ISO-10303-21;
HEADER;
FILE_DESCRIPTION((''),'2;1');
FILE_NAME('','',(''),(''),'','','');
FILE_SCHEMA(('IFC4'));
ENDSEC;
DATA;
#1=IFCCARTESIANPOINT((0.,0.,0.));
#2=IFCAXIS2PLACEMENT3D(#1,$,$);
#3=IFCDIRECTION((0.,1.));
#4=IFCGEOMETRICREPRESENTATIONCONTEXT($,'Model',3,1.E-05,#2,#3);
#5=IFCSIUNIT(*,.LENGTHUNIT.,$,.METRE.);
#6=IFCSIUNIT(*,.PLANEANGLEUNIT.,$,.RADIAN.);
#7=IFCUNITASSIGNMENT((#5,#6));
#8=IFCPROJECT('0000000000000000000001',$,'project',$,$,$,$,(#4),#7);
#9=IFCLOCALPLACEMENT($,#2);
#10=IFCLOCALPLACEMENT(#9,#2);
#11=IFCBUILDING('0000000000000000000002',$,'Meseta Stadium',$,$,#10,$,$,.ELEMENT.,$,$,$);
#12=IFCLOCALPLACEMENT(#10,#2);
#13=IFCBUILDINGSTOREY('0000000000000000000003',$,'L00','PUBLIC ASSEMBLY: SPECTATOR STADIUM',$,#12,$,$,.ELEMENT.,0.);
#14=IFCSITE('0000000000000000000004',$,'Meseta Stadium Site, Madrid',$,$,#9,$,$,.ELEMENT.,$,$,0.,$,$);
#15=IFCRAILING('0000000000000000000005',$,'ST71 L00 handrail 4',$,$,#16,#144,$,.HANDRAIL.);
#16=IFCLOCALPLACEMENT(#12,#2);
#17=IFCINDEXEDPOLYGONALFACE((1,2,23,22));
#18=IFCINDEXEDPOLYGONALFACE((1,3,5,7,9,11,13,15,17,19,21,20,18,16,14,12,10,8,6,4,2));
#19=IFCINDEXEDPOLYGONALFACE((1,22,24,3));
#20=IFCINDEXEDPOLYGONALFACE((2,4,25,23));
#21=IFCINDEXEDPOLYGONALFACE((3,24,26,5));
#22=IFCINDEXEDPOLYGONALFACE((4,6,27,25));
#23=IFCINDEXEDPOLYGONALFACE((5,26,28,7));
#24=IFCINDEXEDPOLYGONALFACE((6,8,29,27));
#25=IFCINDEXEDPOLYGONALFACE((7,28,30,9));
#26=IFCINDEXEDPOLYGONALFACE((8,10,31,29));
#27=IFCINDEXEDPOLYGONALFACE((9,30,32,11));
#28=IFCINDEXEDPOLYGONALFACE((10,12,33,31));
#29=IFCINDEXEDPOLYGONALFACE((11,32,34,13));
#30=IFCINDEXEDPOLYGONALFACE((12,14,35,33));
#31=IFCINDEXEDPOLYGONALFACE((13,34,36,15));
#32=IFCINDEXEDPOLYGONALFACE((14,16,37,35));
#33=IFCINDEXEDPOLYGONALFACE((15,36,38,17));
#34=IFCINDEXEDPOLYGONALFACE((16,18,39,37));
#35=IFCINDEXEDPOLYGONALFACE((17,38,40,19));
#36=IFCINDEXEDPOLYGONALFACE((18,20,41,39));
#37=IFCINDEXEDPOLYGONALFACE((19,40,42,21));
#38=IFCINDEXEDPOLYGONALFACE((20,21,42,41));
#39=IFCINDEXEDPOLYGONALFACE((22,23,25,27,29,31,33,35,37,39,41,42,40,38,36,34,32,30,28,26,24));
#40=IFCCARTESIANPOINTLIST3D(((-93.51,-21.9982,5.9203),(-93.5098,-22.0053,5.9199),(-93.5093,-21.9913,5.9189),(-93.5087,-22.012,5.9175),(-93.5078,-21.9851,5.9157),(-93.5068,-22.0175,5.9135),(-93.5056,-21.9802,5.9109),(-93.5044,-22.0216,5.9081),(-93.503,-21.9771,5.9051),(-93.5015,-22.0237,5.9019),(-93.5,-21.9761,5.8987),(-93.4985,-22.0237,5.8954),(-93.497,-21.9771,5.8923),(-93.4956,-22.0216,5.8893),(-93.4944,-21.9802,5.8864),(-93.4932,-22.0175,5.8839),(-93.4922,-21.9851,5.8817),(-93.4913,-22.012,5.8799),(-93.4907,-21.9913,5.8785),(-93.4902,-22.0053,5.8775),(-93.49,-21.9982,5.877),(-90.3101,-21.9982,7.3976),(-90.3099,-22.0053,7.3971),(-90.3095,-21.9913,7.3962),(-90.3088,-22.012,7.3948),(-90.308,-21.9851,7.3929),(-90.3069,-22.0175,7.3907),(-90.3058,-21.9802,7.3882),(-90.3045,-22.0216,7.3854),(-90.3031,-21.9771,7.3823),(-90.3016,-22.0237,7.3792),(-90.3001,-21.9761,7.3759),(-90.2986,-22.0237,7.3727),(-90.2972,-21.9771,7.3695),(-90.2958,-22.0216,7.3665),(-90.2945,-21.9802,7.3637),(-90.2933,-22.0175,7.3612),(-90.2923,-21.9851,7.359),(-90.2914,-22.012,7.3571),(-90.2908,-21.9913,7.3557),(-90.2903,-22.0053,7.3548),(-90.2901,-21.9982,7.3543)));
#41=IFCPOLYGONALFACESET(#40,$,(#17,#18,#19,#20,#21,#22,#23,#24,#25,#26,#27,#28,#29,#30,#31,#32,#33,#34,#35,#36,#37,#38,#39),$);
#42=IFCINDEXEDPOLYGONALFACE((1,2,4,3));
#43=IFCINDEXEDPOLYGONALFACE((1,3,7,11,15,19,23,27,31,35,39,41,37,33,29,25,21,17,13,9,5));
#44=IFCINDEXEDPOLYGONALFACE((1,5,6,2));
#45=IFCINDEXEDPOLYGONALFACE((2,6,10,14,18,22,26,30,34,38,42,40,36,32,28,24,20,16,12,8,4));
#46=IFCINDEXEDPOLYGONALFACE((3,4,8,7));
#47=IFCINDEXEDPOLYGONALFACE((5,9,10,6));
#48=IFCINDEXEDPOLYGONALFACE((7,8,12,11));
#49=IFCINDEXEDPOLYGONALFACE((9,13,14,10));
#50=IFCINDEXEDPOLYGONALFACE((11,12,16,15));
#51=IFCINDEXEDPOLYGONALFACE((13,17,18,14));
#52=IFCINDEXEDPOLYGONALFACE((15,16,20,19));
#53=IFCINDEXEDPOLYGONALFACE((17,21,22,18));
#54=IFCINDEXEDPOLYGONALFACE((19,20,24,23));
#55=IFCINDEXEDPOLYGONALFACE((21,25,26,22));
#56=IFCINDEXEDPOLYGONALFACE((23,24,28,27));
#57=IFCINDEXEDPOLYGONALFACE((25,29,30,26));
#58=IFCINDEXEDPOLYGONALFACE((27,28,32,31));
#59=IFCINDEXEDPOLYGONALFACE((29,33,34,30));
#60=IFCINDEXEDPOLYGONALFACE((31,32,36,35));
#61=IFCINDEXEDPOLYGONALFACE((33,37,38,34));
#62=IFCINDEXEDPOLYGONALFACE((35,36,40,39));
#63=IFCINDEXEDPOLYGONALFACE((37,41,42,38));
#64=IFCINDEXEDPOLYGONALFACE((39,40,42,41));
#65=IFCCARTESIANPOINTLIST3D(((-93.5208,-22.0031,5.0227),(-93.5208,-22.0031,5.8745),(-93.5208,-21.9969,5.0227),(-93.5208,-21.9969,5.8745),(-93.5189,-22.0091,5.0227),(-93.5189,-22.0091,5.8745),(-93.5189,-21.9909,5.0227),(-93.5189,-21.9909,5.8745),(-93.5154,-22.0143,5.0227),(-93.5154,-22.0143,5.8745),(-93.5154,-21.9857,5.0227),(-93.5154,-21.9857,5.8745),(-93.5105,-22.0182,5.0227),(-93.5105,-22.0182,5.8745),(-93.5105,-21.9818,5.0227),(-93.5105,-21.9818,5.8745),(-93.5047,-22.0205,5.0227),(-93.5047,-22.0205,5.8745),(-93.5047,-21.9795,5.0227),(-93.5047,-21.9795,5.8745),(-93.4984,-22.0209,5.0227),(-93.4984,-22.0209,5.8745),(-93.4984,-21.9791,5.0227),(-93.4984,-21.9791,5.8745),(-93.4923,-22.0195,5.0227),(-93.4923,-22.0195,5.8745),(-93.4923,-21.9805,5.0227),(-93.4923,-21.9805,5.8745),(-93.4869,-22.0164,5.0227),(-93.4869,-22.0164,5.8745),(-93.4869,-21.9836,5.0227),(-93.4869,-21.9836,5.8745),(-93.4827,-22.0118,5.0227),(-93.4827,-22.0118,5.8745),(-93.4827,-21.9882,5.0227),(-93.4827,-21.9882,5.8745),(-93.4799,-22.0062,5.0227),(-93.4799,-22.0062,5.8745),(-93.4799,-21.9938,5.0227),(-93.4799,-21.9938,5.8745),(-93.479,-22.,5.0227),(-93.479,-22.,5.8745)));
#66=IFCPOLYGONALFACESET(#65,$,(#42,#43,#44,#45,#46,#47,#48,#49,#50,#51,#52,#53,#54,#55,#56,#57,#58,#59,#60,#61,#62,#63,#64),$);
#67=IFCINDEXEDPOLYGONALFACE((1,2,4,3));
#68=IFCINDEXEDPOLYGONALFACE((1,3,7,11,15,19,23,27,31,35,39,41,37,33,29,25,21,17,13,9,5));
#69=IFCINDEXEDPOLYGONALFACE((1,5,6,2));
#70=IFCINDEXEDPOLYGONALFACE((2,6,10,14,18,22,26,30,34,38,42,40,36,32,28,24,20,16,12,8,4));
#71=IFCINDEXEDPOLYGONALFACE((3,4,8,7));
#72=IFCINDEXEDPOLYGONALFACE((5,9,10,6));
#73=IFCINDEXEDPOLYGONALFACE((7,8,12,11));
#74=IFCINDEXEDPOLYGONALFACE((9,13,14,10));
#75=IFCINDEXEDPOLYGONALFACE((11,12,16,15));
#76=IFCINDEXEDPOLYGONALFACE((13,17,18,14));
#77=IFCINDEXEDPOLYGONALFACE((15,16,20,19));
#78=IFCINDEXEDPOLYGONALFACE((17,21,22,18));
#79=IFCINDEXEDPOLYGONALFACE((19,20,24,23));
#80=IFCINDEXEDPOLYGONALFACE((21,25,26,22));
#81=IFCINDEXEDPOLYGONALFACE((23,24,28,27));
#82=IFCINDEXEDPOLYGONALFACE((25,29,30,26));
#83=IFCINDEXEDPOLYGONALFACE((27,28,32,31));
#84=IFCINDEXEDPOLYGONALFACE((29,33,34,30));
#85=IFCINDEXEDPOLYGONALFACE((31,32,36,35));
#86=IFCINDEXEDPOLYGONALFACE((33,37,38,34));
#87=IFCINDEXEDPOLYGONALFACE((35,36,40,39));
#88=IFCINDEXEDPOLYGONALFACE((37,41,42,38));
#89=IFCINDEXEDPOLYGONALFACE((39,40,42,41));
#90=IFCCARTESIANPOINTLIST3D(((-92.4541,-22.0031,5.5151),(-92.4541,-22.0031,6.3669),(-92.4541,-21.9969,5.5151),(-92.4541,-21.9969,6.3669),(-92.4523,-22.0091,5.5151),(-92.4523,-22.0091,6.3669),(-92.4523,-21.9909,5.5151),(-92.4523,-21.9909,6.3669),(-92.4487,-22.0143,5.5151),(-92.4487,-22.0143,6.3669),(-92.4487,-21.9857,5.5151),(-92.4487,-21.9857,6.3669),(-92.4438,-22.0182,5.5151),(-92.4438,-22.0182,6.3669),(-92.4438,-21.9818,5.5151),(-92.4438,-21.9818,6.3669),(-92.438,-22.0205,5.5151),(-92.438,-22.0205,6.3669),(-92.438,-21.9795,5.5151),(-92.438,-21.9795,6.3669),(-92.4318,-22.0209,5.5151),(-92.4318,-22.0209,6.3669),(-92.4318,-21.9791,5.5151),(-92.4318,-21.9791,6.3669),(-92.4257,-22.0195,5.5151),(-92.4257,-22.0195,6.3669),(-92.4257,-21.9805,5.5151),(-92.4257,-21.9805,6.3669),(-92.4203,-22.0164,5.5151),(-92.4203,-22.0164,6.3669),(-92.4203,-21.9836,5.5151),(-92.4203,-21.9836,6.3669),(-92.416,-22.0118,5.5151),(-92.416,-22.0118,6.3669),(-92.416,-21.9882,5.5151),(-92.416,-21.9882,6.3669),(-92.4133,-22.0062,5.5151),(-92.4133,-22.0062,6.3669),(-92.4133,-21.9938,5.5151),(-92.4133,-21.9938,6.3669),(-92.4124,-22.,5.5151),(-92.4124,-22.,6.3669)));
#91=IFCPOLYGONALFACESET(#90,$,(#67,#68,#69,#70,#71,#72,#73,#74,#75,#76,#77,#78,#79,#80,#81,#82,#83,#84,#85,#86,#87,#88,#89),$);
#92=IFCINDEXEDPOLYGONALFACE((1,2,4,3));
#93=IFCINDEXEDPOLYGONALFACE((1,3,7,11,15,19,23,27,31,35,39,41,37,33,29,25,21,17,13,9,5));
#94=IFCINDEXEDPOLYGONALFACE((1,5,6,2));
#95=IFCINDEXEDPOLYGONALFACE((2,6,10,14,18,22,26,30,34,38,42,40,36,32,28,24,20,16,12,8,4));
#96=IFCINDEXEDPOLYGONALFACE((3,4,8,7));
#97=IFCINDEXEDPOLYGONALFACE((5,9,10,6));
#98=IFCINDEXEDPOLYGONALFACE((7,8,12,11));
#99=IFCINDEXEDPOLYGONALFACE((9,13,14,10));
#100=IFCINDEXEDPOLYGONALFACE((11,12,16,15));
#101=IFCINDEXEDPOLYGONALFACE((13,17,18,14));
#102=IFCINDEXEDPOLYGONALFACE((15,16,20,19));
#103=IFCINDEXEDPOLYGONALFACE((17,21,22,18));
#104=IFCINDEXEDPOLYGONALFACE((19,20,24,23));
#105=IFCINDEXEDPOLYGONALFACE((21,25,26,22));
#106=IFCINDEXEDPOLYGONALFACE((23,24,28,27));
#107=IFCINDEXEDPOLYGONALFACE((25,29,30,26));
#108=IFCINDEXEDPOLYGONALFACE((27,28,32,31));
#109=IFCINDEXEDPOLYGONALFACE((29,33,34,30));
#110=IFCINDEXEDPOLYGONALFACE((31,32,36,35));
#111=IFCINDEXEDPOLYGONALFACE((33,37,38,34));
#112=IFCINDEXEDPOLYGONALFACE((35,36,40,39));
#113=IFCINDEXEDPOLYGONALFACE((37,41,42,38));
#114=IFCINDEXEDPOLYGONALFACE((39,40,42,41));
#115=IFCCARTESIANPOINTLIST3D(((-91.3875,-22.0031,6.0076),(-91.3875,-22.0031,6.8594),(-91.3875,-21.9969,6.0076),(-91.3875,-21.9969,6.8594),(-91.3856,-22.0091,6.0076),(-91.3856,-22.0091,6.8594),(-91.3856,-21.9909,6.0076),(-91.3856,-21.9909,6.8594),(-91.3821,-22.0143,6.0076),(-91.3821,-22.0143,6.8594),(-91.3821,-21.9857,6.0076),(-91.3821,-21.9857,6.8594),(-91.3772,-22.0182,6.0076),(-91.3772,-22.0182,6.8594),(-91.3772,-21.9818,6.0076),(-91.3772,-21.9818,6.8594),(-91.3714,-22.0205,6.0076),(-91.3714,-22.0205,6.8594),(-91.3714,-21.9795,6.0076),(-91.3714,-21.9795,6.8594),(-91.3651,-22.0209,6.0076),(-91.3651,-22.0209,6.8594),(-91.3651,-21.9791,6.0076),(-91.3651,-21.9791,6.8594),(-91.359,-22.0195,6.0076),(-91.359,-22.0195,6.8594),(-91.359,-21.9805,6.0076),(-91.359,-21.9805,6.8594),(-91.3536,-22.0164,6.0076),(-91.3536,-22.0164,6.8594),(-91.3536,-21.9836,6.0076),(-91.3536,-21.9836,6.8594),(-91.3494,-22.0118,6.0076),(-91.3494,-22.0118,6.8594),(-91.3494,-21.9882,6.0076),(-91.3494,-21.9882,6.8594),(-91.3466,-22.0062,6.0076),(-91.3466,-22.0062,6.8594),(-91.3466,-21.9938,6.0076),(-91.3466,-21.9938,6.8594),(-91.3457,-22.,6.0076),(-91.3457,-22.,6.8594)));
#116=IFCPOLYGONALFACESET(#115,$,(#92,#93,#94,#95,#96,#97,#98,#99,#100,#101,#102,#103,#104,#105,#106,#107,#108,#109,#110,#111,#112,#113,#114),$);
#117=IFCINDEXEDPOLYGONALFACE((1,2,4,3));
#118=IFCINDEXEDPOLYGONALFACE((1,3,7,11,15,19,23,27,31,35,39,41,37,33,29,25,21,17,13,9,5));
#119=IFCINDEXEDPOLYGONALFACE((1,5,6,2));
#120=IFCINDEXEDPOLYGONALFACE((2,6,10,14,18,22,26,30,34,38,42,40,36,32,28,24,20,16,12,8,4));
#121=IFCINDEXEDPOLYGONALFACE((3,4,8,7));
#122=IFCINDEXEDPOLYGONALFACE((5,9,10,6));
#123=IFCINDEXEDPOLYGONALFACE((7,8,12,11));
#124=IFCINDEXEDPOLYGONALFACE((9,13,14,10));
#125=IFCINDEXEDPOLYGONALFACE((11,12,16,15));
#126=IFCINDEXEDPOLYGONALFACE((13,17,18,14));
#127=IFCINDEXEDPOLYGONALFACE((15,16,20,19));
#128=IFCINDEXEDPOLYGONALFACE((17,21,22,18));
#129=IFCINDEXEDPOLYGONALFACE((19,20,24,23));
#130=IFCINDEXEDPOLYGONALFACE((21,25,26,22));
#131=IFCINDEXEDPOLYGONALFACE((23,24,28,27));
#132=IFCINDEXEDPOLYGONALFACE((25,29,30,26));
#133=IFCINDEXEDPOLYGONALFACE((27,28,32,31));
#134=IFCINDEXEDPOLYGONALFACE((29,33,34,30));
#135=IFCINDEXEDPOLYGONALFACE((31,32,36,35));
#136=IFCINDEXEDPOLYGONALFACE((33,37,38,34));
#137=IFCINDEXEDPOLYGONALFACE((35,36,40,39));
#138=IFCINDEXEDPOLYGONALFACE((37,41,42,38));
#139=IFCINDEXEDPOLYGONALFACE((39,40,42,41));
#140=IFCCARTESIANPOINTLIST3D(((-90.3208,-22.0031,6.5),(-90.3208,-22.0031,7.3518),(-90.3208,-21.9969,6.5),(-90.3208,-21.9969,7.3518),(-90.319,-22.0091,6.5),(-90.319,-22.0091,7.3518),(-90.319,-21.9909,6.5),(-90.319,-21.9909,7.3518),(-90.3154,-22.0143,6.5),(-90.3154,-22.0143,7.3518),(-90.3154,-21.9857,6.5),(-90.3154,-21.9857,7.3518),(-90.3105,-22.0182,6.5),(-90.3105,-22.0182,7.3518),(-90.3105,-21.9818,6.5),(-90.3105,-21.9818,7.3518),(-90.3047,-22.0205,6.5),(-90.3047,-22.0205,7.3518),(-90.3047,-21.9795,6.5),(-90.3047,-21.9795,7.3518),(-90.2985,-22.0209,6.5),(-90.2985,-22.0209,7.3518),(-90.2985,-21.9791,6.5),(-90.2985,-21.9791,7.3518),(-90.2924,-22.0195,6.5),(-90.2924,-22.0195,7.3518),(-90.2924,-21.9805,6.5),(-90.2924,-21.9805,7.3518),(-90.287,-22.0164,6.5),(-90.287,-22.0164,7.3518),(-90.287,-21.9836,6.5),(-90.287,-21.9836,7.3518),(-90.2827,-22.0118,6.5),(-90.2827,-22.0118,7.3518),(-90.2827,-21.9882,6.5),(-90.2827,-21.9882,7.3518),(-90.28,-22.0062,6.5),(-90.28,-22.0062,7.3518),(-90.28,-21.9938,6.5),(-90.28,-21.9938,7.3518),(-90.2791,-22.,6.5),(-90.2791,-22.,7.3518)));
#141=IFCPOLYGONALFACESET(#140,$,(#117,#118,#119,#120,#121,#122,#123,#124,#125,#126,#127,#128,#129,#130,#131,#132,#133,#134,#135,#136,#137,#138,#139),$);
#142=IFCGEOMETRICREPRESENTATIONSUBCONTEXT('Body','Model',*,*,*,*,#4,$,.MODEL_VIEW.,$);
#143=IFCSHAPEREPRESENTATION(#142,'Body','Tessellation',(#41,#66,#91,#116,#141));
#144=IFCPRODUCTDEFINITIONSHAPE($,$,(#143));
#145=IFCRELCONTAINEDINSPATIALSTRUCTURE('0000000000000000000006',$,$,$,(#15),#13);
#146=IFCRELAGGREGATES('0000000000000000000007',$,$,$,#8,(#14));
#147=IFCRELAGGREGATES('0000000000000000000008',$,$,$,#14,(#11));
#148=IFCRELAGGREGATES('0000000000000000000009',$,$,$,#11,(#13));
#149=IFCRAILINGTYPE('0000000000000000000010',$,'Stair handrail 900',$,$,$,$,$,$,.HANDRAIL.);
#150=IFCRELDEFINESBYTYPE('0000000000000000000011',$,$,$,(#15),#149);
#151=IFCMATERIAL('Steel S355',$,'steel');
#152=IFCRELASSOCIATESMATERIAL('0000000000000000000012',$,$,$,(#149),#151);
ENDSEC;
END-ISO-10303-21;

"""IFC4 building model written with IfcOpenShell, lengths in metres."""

from ifc_helpers import new_model, si_unit, direction, frame, origin, origin_2d, place, context, subcontext, project, spatial, circle, extrude, material, type_object, element, save


model = new_model("IFC4")

# Units and contexts
model_context = context("Model", 3, precision=1e-05, world=origin(), true_north=direction((0.0, 1.0)))
body_context = subcontext(model_context, "Body", "Model", "MODEL_VIEW")
ifc_project = project(units=[si_unit("LENGTHUNIT", "METRE"), si_unit("PLANEANGLEUNIT", "RADIAN")], contexts=[model_context])

# Site, building, storey
site_placement = place(None, origin())
site = spatial("IfcSite", under=ifc_project, at=site_placement, Name="Meseta Stadium Site, Madrid", CompositionType="ELEMENT", RefElevation=0.0)
building_placement = place(site_placement, origin())
building = spatial("IfcBuilding", under=site, at=building_placement, Name="Meseta Stadium", CompositionType="ELEMENT")
storey_placement = place(building_placement, origin())
storey = spatial("IfcBuildingStorey", under=building, at=storey_placement, Name="L00", Description="PUBLIC ASSEMBLY: SPECTATOR STADIUM", CompositionType="ELEMENT", Elevation=0.0)

# Railing
ifc_material_1 = material(Name="Steel S355", Category="steel")
railing_type_1 = type_object("IfcRailingType", Name="Stair handrail 900", PredefinedType="HANDRAIL", material=ifc_material_1)
for number, where, name in (
    (1, (-93.5, -22.0, 5.0227), "ST71 L00 handrail 4"),
):
    element("IfcRailing", number, at=place(storey_placement, frame(where)), inside=storey, type_object=railing_type_1, Name=name, PredefinedType="HANDRAIL", context=body_context, shape_type="SweptSolid", body=[
        extrude(circle(Radius=0.0239, at=origin_2d()), frame((0.0, 0.0, 0.876), z_axis=(0.907917, 0.0, 0.41915), x_axis=(0.0, 1.0, 0.0)), (0.0, 0.0, 1.0), 3.5244),
        extrude(circle(Radius=0.021, at=origin_2d()), origin(), (0.0, 0.0, 1.0), 0.8518),
        extrude(circle(Radius=0.021, at=origin_2d()), frame((1.0667, 0.0, 0.4924)), (0.0, 0.0, 1.0), 0.8518),
        extrude(circle(Radius=0.021, at=origin_2d()), frame((2.1333, 0.0, 0.9849)), (0.0, 0.0, 1.0), 0.8518),
        extrude(circle(Radius=0.021, at=origin_2d()), frame((3.2, 0.0, 1.4773)), (0.0, 0.0, 1.0), 0.8518),
    ])

save(model, "model.ifc")
